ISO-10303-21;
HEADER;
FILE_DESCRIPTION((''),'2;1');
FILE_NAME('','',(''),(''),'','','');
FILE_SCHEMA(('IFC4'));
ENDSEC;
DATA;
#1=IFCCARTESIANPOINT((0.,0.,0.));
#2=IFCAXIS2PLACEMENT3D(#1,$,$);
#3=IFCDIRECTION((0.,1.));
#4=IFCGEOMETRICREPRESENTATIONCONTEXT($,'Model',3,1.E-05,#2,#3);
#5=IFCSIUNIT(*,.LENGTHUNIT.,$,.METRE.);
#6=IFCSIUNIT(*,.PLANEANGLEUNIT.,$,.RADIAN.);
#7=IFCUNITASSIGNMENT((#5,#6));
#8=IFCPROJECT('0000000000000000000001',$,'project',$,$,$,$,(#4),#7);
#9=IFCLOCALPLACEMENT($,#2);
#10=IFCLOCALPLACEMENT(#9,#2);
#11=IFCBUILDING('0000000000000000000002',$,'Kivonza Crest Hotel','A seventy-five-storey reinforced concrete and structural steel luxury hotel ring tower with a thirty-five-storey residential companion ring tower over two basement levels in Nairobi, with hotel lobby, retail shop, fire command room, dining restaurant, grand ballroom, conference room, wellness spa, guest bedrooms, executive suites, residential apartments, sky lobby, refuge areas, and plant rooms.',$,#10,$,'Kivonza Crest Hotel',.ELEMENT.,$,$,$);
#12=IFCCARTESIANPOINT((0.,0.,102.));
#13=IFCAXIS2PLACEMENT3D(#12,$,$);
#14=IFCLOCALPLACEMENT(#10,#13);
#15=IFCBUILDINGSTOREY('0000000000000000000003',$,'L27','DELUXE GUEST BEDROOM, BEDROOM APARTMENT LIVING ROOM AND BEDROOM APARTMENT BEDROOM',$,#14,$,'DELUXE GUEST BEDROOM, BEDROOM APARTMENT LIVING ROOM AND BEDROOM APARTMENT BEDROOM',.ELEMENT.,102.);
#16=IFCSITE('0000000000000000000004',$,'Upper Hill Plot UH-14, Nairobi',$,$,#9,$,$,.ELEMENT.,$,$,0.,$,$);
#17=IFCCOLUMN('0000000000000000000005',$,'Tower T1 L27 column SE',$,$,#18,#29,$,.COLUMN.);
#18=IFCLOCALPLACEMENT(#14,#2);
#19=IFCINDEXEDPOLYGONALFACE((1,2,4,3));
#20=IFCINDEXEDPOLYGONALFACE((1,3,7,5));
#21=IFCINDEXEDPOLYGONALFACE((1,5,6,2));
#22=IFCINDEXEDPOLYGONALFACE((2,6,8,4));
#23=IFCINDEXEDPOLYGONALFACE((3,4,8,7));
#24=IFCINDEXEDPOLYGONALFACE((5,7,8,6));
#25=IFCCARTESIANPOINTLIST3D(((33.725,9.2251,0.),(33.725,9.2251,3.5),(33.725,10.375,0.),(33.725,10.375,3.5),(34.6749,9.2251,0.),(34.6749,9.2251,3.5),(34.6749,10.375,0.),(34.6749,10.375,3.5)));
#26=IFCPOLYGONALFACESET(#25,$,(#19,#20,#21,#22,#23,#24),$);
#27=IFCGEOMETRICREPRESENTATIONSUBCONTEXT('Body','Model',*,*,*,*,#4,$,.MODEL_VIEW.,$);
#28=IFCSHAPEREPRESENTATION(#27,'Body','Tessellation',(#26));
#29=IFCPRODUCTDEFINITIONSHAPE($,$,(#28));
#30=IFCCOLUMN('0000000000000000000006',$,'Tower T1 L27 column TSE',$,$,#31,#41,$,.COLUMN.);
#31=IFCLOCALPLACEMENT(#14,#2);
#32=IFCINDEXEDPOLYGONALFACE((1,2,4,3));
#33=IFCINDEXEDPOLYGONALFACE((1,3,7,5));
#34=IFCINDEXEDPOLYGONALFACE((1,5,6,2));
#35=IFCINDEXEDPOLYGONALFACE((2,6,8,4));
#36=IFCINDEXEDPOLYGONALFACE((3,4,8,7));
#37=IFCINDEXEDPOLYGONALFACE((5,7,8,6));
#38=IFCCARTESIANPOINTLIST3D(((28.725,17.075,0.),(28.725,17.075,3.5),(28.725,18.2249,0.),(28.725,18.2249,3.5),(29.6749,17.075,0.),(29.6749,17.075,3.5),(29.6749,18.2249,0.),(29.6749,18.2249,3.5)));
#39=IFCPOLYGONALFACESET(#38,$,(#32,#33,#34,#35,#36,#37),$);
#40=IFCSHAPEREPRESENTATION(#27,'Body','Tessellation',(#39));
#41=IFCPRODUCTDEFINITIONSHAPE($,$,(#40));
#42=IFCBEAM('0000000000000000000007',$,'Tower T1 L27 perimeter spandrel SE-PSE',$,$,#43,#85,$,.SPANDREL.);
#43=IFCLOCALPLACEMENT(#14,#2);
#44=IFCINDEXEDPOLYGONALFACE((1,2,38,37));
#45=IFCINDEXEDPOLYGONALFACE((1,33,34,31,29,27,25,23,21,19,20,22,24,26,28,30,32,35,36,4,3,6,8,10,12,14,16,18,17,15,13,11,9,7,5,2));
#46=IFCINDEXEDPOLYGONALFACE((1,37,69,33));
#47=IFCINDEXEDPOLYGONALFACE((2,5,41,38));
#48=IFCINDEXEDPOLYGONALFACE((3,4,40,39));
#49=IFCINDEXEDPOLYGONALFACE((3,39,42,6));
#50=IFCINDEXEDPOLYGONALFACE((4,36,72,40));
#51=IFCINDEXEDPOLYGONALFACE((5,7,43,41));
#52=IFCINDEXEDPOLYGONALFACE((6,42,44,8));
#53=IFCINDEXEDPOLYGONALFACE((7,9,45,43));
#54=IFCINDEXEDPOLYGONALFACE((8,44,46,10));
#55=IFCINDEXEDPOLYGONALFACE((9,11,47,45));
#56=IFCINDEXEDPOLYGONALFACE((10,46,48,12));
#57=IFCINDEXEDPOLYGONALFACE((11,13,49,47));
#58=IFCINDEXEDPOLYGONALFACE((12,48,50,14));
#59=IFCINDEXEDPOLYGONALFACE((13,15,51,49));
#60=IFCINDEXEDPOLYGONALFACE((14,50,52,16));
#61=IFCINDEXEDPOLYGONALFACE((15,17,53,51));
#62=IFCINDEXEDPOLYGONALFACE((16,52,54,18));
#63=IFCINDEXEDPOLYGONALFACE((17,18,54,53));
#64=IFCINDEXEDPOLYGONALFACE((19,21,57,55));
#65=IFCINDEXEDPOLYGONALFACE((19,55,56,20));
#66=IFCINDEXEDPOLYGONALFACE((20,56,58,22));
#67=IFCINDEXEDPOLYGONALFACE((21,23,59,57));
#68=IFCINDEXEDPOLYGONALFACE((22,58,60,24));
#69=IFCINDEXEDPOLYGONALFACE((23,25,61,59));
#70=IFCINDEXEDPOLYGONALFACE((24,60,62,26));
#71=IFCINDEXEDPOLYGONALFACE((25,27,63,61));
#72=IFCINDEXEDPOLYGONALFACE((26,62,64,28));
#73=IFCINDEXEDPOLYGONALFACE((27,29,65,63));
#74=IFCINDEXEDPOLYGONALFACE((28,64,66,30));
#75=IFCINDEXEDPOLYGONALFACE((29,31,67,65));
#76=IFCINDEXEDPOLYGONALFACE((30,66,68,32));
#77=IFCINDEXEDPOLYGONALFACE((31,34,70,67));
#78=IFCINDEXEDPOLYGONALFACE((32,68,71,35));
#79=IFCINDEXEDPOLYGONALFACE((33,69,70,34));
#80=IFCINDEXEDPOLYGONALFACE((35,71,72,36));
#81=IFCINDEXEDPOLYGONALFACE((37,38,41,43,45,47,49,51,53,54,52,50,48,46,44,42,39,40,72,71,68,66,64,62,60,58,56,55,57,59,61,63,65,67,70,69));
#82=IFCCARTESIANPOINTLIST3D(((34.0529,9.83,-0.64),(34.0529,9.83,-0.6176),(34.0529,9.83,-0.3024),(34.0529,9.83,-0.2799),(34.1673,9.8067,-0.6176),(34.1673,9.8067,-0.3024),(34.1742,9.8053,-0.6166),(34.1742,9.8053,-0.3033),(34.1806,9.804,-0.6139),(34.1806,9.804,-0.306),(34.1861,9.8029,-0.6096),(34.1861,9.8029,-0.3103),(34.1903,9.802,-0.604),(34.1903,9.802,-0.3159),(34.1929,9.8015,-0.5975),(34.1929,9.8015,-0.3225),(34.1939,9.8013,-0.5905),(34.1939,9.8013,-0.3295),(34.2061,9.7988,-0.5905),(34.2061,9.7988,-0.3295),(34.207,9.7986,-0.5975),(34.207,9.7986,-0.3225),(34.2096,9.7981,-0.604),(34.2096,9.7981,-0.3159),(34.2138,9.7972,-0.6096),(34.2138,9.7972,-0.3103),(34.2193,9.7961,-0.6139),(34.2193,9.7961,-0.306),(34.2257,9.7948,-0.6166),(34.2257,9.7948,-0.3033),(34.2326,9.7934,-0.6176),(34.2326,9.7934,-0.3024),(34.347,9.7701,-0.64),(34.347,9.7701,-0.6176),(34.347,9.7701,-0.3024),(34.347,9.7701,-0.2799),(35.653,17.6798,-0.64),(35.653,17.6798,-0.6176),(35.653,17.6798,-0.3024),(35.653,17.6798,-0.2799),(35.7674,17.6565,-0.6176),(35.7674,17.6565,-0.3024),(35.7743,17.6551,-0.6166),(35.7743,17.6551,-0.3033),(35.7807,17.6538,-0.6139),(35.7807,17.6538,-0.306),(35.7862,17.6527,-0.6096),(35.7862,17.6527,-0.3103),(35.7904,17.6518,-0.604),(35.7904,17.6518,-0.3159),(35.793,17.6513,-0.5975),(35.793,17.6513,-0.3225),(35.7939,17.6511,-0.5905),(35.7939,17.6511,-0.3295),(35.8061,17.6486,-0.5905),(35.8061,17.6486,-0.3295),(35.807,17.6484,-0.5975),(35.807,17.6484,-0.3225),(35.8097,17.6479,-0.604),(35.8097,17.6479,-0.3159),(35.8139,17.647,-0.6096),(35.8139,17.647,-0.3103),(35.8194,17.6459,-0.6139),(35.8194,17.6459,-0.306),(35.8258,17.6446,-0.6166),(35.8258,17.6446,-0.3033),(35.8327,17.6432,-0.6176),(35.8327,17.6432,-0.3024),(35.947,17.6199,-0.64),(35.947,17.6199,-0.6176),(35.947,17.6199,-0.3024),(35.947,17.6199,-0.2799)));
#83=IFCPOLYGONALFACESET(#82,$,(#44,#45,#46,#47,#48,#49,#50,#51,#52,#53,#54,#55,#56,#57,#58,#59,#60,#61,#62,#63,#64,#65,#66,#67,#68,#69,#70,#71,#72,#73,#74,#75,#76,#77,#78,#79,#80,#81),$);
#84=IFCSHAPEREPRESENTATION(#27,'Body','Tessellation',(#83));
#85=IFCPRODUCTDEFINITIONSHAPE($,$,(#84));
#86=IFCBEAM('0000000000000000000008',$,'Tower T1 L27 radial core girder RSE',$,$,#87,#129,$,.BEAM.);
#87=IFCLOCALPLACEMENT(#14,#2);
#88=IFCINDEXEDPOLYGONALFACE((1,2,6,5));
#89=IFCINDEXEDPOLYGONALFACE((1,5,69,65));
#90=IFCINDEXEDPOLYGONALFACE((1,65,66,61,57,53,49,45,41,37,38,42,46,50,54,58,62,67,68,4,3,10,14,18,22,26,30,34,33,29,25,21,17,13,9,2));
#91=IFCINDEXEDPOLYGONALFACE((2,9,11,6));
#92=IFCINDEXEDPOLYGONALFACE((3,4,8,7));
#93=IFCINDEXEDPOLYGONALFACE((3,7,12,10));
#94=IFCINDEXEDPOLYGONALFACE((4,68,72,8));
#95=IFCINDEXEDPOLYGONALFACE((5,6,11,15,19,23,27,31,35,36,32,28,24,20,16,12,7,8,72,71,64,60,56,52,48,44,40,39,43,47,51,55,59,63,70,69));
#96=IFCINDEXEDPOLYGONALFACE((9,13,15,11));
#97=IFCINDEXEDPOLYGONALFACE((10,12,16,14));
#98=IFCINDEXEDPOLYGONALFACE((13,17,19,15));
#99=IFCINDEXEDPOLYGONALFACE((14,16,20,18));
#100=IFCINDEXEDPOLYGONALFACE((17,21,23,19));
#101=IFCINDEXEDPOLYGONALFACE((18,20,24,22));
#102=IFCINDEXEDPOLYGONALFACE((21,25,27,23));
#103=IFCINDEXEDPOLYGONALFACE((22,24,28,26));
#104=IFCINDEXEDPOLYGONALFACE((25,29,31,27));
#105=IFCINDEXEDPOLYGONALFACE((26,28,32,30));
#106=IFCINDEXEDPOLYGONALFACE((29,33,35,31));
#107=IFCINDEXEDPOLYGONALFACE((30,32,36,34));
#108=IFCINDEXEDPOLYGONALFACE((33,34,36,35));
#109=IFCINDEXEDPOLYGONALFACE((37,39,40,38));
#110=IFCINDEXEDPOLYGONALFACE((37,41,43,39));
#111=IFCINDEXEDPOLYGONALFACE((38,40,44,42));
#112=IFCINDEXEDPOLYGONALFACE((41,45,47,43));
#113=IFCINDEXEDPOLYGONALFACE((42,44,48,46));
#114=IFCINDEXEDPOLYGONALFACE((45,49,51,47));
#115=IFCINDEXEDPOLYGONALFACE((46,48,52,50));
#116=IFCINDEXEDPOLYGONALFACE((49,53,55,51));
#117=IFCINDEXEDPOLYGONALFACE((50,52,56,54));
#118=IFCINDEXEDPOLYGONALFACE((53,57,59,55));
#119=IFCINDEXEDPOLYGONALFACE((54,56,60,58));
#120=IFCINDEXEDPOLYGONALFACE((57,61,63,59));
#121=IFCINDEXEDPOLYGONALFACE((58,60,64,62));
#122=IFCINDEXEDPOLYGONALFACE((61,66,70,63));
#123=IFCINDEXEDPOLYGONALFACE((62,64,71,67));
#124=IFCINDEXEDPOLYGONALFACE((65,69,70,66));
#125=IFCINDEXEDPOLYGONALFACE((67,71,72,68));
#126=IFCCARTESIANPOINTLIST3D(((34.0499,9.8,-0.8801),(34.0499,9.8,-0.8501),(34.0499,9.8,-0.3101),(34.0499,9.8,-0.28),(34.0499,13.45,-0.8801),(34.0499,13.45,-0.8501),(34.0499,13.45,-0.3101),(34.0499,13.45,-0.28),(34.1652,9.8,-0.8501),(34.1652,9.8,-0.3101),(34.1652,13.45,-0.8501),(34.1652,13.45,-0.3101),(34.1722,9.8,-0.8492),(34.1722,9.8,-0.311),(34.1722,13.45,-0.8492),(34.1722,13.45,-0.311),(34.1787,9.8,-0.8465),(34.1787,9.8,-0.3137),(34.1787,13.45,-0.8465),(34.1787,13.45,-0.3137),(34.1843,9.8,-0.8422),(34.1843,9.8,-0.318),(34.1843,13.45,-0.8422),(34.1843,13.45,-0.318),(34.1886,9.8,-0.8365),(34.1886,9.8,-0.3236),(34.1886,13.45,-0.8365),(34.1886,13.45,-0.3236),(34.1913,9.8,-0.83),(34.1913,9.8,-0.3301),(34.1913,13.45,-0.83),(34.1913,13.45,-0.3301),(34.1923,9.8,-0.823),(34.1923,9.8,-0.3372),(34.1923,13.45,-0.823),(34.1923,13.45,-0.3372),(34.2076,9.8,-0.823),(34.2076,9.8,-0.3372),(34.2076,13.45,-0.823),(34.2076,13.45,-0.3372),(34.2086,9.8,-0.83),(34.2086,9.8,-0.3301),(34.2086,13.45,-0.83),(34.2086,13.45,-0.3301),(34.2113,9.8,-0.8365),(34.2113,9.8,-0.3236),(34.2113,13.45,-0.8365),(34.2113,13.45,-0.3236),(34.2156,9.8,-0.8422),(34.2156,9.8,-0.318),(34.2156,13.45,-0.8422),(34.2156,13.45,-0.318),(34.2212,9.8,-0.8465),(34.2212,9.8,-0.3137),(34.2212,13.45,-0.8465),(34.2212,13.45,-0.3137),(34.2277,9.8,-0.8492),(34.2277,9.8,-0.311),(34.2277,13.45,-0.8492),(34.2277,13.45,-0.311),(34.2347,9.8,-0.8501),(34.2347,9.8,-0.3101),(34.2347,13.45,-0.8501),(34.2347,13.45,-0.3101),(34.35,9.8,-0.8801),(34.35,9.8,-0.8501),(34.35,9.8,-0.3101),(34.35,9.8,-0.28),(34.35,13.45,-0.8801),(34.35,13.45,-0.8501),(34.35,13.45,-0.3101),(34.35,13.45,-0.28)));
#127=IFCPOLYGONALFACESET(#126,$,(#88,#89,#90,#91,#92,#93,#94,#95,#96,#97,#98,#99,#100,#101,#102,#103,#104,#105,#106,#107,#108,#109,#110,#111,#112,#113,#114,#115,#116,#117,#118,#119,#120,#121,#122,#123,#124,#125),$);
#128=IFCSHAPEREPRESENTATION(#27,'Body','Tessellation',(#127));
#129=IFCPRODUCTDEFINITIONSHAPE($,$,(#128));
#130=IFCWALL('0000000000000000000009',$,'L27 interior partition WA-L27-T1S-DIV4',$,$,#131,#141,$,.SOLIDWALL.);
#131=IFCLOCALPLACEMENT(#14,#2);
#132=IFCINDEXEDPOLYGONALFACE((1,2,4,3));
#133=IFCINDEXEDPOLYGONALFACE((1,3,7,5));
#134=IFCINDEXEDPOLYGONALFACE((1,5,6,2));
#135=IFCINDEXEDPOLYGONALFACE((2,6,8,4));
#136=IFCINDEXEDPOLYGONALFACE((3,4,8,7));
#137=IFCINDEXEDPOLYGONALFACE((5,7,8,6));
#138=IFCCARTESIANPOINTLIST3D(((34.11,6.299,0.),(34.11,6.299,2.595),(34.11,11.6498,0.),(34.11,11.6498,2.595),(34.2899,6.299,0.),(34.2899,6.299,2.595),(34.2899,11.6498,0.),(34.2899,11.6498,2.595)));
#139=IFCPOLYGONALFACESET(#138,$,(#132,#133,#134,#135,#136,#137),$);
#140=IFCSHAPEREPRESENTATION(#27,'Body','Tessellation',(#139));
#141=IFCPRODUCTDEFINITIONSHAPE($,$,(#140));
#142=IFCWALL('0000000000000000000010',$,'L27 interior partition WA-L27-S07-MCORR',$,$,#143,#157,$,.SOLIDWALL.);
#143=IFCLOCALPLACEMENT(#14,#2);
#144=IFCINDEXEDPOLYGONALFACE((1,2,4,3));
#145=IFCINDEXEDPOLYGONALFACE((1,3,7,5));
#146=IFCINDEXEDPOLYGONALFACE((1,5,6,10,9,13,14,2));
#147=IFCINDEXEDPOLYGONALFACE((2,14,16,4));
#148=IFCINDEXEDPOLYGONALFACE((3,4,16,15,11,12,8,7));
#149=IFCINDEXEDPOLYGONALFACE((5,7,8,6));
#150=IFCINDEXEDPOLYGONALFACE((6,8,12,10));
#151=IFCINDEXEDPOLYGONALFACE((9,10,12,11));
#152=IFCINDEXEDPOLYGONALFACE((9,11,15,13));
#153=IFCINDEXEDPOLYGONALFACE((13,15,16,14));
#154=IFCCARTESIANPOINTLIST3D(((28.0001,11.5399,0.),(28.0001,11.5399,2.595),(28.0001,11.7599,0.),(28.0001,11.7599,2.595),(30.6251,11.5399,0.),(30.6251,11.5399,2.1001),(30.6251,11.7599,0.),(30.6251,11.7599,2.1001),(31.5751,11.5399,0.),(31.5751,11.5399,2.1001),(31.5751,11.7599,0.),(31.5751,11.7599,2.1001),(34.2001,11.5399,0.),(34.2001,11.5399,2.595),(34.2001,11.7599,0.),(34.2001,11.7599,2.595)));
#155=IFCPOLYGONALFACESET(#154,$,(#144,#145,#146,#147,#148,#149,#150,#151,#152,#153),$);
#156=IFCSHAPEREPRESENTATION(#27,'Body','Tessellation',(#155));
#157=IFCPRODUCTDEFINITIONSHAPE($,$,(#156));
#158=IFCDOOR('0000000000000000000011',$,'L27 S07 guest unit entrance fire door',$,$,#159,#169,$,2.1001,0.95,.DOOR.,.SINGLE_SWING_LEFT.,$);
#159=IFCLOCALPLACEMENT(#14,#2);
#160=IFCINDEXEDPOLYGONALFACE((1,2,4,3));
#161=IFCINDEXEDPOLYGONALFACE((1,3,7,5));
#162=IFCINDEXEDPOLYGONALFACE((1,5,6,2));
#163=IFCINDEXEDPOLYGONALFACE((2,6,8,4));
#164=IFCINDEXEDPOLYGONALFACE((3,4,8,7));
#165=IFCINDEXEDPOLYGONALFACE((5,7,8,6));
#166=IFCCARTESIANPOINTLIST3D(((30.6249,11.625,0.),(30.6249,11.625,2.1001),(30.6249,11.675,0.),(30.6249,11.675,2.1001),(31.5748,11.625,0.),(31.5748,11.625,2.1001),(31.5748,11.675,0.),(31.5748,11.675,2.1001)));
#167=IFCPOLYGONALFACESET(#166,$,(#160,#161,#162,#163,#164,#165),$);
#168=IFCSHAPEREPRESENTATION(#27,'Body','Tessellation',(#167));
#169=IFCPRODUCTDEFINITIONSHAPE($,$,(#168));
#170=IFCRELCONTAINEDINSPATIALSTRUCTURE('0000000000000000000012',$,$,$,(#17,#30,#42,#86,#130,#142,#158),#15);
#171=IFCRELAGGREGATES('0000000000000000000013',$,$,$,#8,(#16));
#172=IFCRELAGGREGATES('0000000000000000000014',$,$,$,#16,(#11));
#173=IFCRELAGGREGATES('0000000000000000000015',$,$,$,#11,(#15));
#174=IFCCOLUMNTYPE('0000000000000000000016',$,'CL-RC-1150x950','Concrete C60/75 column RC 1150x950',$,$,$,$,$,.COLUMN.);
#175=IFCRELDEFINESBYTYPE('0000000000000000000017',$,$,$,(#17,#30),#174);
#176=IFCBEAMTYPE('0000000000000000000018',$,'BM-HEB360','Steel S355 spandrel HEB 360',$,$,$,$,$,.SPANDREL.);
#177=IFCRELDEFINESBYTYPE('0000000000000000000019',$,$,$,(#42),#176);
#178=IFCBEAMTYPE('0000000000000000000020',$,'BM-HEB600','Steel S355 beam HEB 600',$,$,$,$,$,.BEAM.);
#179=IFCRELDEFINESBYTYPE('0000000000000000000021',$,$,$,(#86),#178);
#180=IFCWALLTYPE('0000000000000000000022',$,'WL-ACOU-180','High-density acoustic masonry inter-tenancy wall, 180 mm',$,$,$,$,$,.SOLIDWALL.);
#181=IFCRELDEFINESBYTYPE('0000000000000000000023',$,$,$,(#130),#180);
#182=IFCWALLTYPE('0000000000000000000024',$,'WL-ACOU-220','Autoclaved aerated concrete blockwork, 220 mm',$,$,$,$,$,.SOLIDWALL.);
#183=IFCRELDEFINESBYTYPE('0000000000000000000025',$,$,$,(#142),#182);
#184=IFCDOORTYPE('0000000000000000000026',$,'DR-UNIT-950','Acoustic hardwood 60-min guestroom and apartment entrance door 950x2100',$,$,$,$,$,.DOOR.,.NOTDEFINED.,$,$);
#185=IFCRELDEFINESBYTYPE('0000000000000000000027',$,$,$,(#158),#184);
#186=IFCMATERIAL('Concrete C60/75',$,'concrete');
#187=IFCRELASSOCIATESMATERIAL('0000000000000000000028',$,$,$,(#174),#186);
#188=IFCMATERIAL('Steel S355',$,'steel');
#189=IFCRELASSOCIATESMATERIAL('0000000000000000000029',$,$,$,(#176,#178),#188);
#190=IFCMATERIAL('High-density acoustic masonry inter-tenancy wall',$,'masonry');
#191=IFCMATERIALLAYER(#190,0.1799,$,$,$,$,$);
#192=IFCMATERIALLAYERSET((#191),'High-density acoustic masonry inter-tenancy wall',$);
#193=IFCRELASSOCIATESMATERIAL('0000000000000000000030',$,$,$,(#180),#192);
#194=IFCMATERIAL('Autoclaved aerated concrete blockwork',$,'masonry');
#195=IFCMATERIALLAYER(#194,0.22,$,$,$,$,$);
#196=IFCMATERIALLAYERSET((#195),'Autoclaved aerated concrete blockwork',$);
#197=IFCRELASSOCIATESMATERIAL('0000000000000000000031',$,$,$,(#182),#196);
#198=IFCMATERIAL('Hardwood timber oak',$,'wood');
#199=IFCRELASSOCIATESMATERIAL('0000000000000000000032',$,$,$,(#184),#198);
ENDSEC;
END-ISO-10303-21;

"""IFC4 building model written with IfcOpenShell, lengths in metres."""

from ifc_helpers import new_model, si_unit, direction, frame, frame_2d, origin, origin_2d, place, context, subcontext, project, spatial, rectangle, i_section, extrude, material, layer, layer_set, material_profile, profile_set, type_object, element, fill, save


model = new_model("IFC4")

# Units and contexts
model_context = context("Model", 3, precision=1e-05, world=origin(), true_north=direction((0.0, 1.0)))
body_context = subcontext(model_context, "Body", "Model", "MODEL_VIEW")
ifc_project = project(units=[si_unit("LENGTHUNIT", "METRE"), si_unit("PLANEANGLEUNIT", "RADIAN")], contexts=[model_context])

# Site, building, storey
site_placement = place(None, origin())
site = spatial("IfcSite", under=ifc_project, at=site_placement, Name="Upper Hill Plot UH-14, Nairobi", CompositionType="ELEMENT", RefElevation=0.0)
building_placement = place(site_placement, origin())
building = spatial("IfcBuilding", under=site, at=building_placement, Name="Kivonza Crest Hotel", Description="A seventy-five-storey reinforced concrete and structural steel luxury hotel ring tower with a thirty-five-storey residential companion ring tower over two basement levels in Nairobi, with hotel lobby, retail shop, fire command room, dining restaurant, grand ballroom, conference room, wellness spa, guest bedrooms, executive suites, residential apartments, sky lobby, refuge areas, and plant rooms.", LongName="Kivonza Crest Hotel", CompositionType="ELEMENT")
storey_placement = place(building_placement, frame((0.0, 0.0, 102.0)))
storey = spatial("IfcBuildingStorey", under=building, at=storey_placement, Name="L27", Description="DELUXE GUEST BEDROOM, BEDROOM APARTMENT LIVING ROOM AND BEDROOM APARTMENT BEDROOM", LongName="DELUXE GUEST BEDROOM, BEDROOM APARTMENT LIVING ROOM AND BEDROOM APARTMENT BEDROOM", CompositionType="ELEMENT", Elevation=102.0)

# Columns
ifc_material_1 = material(Name="Concrete C60/75", Category="concrete")
ifc_material_profile_1 = material_profile(ifc_material_1, rectangle(XDim=0.95, YDim=1.1499, at=origin_2d()), Name="RC 1150x950")
ifc_profile_set_1 = profile_set([ifc_material_profile_1], Name="Concrete C60/75")
column_type = type_object("IfcColumnType", Name="CL-RC-1150x950", Description="Concrete C60/75 column RC 1150x950", PredefinedType="COLUMN", material=ifc_profile_set_1)
for number, where, z_axis, x_axis, name in (
    (1, (34.2, 9.8, 0.0), (0.0, 0.0, 1.0), (1.0, 0.0, 0.0), "Tower T1 L27 column SE"),
    (2, (29.2, 17.6499, 0.0), (0.0, 0.0, 1.0), (1.0, 0.0, 0.0), "Tower T1 L27 column TSE"),
):
    element("IfcColumn", number, at=place(storey_placement, frame(where, z_axis=z_axis, x_axis=x_axis)), inside=storey, type_object=column_type, Name=name, PredefinedType="COLUMN", context=body_context, shape_type="SweptSolid", body=[
        extrude(rectangle(XDim=0.95, YDim=1.1499, at=origin_2d()), origin(), (0.0, 0.0, 1.0), 3.5),
    ])

# Beams
ifc_material_2 = material(Name="Steel S355", Category="steel")
ifc_material_profile_2 = material_profile(ifc_material_2, i_section(OverallWidth=0.3, OverallDepth=0.3601, WebThickness=0.0125, FlangeThickness=0.0225, FilletRadius=0.0271, at=origin_2d()), Name="HEB 360")
ifc_profile_set_2 = profile_set([ifc_material_profile_2], Name="Steel S355")
beam_type_1 = type_object("IfcBeamType", Name="BM-HEB360", Description="Steel S355 spandrel HEB 360", PredefinedType="SPANDREL", material=ifc_profile_set_2)
beam_1_placement = place(storey_placement, frame((34.2, 9.8, -0.46), z_axis=(0.199731, 0.979851, 0.0), x_axis=(-0.979851, 0.199731, 0.0)))
element("IfcBeam", 3, at=beam_1_placement, inside=storey, type_object=beam_type_1, Name="Tower T1 L27 perimeter spandrel SE-PSE", PredefinedType="SPANDREL", context=body_context, shape_type="SweptSolid", body=[
    extrude(i_section(OverallWidth=0.3, OverallDepth=0.3601, WebThickness=0.0125, FlangeThickness=0.0225, FilletRadius=0.0271, at=origin_2d()), origin(), (0.0, 0.0, 1.0), 8.0112),
])
ifc_material_profile_3 = material_profile(ifc_material_2, i_section(OverallWidth=0.3, OverallDepth=0.6001, WebThickness=0.0154, FlangeThickness=0.03, FilletRadius=0.0271, at=origin_2d()), Name="HEB 600")
ifc_profile_set_3 = profile_set([ifc_material_profile_3], Name="Steel S355")
beam_type_2 = type_object("IfcBeamType", Name="BM-HEB600", Description="Steel S355 beam HEB 600", PredefinedType="BEAM", material=ifc_profile_set_3)
beam_2_placement = place(storey_placement, frame((34.2, 9.8, -0.5801), z_axis=(0.0, 1.0, 0.0), x_axis=(-1.0, 0.0, 0.0)))
element("IfcBeam", 4, at=beam_2_placement, inside=storey, type_object=beam_type_2, Name="Tower T1 L27 radial core girder RSE", PredefinedType="BEAM", context=body_context, shape_type="SweptSolid", body=[
    extrude(i_section(OverallWidth=0.3, OverallDepth=0.6001, WebThickness=0.0154, FlangeThickness=0.03, FilletRadius=0.0271, at=origin_2d()), origin(), (0.0, 0.0, 1.0), 3.6499),
])

# Wall
ifc_material_3 = material(Name="High-density acoustic masonry inter-tenancy wall", Category="masonry")
ifc_layer_1 = layer(ifc_material_3, 0.1799)
ifc_layer_set_1 = layer_set([ifc_layer_1], Name="High-density acoustic masonry inter-tenancy wall")
wall_type_1 = type_object("IfcWallType", Name="WL-ACOU-180", Description="High-density acoustic masonry inter-tenancy wall, 180 mm", PredefinedType="SOLIDWALL", material=ifc_layer_set_1)
wall_1_placement = place(storey_placement, frame((34.2, 6.2991, 0.0), z_axis=(0.0, 0.0, 1.0), x_axis=(0.0, 1.0, 0.0)))
element("IfcWall", 5, at=wall_1_placement, inside=storey, type_object=wall_type_1, Name="L27 interior partition WA-L27-T1S-DIV4", PredefinedType="SOLIDWALL", context=body_context, shape_type="SweptSolid", body=[
    extrude(rectangle(XDim=5.3508, YDim=0.1799, at=frame_2d((2.6753, 0.0))), origin(), (0.0, 0.0, 1.0), 2.595),
])

# Wall, opening, door
ifc_material_4 = material(Name="Autoclaved aerated concrete blockwork", Category="masonry")
ifc_layer_2 = layer(ifc_material_4, 0.22)
ifc_layer_set_2 = layer_set([ifc_layer_2], Name="Autoclaved aerated concrete blockwork")
wall_type_2 = type_object("IfcWallType", Name="WL-ACOU-220", Description="Autoclaved aerated concrete blockwork, 220 mm", PredefinedType="SOLIDWALL", material=ifc_layer_set_2)
wall_2_placement = place(storey_placement, frame((28.0, 11.6499, 0.0), z_axis=(0.0, 0.0, 1.0), x_axis=(1.0, 0.0, 0.0)))
wall_2 = element("IfcWall", 6, at=wall_2_placement, inside=storey, type_object=wall_type_2, Name="L27 interior partition WA-L27-S07-MCORR", PredefinedType="SOLIDWALL", context=body_context, shape_type="SweptSolid", body=[
    extrude(rectangle(XDim=6.2, YDim=0.22, at=frame_2d((3.1001, 0.0))), origin(), (0.0, 0.0, 1.0), 2.595),
])
opening_1_placement = place(wall_2_placement, frame((2.625, 0.0, 0.0)))
opening_1 = element("IfcOpeningElement", 7, at=opening_1_placement, cuts=wall_2, PredefinedType="OPENING", context=body_context, shape_type="SweptSolid", body=[
    extrude(rectangle(XDim=0.95, YDim=2.1001, at=frame_2d((0.4751, 1.05))), frame((0.0, 0.1201, 0.0), z_axis=(0.0, -1.0, 0.0), x_axis=(1.0, 0.0, 0.0)), (0.0, 0.0, 1.0), 0.24),
])
ifc_material_5 = material(Name="Hardwood timber oak", Category="wood")
door_type_1 = type_object("IfcDoorType", Name="DR-UNIT-950", Description="Acoustic hardwood 60-min guestroom and apartment entrance door 950x2100", OperationType="NOTDEFINED", PredefinedType="DOOR", material=ifc_material_5)
door_1_placement = place(opening_1_placement, frame((0.95, 0.0, 0.0), z_axis=(0.0, 0.0, 1.0), x_axis=(-1.0, 0.0, 0.0)))
door_1 = element("IfcDoor", 8, at=door_1_placement, inside=storey, type_object=door_type_1, Name="L27 S07 guest unit entrance fire door", OperationType="SINGLE_SWING_LEFT", OverallHeight=2.1001, OverallWidth=0.95, PredefinedType="DOOR", context=body_context, shape_type="SweptSolid", body=[
    extrude(rectangle(XDim=0.95, YDim=2.1001, at=frame_2d((0.4751, 1.05))), frame((0.0, 0.0249, 0.0), z_axis=(0.0, -1.0, 0.0), x_axis=(1.0, 0.0, 0.0)), (0.0, 0.0, 1.0), 0.05),
])
fill(opening_1, door_1)

save(model, "model.ifc")
